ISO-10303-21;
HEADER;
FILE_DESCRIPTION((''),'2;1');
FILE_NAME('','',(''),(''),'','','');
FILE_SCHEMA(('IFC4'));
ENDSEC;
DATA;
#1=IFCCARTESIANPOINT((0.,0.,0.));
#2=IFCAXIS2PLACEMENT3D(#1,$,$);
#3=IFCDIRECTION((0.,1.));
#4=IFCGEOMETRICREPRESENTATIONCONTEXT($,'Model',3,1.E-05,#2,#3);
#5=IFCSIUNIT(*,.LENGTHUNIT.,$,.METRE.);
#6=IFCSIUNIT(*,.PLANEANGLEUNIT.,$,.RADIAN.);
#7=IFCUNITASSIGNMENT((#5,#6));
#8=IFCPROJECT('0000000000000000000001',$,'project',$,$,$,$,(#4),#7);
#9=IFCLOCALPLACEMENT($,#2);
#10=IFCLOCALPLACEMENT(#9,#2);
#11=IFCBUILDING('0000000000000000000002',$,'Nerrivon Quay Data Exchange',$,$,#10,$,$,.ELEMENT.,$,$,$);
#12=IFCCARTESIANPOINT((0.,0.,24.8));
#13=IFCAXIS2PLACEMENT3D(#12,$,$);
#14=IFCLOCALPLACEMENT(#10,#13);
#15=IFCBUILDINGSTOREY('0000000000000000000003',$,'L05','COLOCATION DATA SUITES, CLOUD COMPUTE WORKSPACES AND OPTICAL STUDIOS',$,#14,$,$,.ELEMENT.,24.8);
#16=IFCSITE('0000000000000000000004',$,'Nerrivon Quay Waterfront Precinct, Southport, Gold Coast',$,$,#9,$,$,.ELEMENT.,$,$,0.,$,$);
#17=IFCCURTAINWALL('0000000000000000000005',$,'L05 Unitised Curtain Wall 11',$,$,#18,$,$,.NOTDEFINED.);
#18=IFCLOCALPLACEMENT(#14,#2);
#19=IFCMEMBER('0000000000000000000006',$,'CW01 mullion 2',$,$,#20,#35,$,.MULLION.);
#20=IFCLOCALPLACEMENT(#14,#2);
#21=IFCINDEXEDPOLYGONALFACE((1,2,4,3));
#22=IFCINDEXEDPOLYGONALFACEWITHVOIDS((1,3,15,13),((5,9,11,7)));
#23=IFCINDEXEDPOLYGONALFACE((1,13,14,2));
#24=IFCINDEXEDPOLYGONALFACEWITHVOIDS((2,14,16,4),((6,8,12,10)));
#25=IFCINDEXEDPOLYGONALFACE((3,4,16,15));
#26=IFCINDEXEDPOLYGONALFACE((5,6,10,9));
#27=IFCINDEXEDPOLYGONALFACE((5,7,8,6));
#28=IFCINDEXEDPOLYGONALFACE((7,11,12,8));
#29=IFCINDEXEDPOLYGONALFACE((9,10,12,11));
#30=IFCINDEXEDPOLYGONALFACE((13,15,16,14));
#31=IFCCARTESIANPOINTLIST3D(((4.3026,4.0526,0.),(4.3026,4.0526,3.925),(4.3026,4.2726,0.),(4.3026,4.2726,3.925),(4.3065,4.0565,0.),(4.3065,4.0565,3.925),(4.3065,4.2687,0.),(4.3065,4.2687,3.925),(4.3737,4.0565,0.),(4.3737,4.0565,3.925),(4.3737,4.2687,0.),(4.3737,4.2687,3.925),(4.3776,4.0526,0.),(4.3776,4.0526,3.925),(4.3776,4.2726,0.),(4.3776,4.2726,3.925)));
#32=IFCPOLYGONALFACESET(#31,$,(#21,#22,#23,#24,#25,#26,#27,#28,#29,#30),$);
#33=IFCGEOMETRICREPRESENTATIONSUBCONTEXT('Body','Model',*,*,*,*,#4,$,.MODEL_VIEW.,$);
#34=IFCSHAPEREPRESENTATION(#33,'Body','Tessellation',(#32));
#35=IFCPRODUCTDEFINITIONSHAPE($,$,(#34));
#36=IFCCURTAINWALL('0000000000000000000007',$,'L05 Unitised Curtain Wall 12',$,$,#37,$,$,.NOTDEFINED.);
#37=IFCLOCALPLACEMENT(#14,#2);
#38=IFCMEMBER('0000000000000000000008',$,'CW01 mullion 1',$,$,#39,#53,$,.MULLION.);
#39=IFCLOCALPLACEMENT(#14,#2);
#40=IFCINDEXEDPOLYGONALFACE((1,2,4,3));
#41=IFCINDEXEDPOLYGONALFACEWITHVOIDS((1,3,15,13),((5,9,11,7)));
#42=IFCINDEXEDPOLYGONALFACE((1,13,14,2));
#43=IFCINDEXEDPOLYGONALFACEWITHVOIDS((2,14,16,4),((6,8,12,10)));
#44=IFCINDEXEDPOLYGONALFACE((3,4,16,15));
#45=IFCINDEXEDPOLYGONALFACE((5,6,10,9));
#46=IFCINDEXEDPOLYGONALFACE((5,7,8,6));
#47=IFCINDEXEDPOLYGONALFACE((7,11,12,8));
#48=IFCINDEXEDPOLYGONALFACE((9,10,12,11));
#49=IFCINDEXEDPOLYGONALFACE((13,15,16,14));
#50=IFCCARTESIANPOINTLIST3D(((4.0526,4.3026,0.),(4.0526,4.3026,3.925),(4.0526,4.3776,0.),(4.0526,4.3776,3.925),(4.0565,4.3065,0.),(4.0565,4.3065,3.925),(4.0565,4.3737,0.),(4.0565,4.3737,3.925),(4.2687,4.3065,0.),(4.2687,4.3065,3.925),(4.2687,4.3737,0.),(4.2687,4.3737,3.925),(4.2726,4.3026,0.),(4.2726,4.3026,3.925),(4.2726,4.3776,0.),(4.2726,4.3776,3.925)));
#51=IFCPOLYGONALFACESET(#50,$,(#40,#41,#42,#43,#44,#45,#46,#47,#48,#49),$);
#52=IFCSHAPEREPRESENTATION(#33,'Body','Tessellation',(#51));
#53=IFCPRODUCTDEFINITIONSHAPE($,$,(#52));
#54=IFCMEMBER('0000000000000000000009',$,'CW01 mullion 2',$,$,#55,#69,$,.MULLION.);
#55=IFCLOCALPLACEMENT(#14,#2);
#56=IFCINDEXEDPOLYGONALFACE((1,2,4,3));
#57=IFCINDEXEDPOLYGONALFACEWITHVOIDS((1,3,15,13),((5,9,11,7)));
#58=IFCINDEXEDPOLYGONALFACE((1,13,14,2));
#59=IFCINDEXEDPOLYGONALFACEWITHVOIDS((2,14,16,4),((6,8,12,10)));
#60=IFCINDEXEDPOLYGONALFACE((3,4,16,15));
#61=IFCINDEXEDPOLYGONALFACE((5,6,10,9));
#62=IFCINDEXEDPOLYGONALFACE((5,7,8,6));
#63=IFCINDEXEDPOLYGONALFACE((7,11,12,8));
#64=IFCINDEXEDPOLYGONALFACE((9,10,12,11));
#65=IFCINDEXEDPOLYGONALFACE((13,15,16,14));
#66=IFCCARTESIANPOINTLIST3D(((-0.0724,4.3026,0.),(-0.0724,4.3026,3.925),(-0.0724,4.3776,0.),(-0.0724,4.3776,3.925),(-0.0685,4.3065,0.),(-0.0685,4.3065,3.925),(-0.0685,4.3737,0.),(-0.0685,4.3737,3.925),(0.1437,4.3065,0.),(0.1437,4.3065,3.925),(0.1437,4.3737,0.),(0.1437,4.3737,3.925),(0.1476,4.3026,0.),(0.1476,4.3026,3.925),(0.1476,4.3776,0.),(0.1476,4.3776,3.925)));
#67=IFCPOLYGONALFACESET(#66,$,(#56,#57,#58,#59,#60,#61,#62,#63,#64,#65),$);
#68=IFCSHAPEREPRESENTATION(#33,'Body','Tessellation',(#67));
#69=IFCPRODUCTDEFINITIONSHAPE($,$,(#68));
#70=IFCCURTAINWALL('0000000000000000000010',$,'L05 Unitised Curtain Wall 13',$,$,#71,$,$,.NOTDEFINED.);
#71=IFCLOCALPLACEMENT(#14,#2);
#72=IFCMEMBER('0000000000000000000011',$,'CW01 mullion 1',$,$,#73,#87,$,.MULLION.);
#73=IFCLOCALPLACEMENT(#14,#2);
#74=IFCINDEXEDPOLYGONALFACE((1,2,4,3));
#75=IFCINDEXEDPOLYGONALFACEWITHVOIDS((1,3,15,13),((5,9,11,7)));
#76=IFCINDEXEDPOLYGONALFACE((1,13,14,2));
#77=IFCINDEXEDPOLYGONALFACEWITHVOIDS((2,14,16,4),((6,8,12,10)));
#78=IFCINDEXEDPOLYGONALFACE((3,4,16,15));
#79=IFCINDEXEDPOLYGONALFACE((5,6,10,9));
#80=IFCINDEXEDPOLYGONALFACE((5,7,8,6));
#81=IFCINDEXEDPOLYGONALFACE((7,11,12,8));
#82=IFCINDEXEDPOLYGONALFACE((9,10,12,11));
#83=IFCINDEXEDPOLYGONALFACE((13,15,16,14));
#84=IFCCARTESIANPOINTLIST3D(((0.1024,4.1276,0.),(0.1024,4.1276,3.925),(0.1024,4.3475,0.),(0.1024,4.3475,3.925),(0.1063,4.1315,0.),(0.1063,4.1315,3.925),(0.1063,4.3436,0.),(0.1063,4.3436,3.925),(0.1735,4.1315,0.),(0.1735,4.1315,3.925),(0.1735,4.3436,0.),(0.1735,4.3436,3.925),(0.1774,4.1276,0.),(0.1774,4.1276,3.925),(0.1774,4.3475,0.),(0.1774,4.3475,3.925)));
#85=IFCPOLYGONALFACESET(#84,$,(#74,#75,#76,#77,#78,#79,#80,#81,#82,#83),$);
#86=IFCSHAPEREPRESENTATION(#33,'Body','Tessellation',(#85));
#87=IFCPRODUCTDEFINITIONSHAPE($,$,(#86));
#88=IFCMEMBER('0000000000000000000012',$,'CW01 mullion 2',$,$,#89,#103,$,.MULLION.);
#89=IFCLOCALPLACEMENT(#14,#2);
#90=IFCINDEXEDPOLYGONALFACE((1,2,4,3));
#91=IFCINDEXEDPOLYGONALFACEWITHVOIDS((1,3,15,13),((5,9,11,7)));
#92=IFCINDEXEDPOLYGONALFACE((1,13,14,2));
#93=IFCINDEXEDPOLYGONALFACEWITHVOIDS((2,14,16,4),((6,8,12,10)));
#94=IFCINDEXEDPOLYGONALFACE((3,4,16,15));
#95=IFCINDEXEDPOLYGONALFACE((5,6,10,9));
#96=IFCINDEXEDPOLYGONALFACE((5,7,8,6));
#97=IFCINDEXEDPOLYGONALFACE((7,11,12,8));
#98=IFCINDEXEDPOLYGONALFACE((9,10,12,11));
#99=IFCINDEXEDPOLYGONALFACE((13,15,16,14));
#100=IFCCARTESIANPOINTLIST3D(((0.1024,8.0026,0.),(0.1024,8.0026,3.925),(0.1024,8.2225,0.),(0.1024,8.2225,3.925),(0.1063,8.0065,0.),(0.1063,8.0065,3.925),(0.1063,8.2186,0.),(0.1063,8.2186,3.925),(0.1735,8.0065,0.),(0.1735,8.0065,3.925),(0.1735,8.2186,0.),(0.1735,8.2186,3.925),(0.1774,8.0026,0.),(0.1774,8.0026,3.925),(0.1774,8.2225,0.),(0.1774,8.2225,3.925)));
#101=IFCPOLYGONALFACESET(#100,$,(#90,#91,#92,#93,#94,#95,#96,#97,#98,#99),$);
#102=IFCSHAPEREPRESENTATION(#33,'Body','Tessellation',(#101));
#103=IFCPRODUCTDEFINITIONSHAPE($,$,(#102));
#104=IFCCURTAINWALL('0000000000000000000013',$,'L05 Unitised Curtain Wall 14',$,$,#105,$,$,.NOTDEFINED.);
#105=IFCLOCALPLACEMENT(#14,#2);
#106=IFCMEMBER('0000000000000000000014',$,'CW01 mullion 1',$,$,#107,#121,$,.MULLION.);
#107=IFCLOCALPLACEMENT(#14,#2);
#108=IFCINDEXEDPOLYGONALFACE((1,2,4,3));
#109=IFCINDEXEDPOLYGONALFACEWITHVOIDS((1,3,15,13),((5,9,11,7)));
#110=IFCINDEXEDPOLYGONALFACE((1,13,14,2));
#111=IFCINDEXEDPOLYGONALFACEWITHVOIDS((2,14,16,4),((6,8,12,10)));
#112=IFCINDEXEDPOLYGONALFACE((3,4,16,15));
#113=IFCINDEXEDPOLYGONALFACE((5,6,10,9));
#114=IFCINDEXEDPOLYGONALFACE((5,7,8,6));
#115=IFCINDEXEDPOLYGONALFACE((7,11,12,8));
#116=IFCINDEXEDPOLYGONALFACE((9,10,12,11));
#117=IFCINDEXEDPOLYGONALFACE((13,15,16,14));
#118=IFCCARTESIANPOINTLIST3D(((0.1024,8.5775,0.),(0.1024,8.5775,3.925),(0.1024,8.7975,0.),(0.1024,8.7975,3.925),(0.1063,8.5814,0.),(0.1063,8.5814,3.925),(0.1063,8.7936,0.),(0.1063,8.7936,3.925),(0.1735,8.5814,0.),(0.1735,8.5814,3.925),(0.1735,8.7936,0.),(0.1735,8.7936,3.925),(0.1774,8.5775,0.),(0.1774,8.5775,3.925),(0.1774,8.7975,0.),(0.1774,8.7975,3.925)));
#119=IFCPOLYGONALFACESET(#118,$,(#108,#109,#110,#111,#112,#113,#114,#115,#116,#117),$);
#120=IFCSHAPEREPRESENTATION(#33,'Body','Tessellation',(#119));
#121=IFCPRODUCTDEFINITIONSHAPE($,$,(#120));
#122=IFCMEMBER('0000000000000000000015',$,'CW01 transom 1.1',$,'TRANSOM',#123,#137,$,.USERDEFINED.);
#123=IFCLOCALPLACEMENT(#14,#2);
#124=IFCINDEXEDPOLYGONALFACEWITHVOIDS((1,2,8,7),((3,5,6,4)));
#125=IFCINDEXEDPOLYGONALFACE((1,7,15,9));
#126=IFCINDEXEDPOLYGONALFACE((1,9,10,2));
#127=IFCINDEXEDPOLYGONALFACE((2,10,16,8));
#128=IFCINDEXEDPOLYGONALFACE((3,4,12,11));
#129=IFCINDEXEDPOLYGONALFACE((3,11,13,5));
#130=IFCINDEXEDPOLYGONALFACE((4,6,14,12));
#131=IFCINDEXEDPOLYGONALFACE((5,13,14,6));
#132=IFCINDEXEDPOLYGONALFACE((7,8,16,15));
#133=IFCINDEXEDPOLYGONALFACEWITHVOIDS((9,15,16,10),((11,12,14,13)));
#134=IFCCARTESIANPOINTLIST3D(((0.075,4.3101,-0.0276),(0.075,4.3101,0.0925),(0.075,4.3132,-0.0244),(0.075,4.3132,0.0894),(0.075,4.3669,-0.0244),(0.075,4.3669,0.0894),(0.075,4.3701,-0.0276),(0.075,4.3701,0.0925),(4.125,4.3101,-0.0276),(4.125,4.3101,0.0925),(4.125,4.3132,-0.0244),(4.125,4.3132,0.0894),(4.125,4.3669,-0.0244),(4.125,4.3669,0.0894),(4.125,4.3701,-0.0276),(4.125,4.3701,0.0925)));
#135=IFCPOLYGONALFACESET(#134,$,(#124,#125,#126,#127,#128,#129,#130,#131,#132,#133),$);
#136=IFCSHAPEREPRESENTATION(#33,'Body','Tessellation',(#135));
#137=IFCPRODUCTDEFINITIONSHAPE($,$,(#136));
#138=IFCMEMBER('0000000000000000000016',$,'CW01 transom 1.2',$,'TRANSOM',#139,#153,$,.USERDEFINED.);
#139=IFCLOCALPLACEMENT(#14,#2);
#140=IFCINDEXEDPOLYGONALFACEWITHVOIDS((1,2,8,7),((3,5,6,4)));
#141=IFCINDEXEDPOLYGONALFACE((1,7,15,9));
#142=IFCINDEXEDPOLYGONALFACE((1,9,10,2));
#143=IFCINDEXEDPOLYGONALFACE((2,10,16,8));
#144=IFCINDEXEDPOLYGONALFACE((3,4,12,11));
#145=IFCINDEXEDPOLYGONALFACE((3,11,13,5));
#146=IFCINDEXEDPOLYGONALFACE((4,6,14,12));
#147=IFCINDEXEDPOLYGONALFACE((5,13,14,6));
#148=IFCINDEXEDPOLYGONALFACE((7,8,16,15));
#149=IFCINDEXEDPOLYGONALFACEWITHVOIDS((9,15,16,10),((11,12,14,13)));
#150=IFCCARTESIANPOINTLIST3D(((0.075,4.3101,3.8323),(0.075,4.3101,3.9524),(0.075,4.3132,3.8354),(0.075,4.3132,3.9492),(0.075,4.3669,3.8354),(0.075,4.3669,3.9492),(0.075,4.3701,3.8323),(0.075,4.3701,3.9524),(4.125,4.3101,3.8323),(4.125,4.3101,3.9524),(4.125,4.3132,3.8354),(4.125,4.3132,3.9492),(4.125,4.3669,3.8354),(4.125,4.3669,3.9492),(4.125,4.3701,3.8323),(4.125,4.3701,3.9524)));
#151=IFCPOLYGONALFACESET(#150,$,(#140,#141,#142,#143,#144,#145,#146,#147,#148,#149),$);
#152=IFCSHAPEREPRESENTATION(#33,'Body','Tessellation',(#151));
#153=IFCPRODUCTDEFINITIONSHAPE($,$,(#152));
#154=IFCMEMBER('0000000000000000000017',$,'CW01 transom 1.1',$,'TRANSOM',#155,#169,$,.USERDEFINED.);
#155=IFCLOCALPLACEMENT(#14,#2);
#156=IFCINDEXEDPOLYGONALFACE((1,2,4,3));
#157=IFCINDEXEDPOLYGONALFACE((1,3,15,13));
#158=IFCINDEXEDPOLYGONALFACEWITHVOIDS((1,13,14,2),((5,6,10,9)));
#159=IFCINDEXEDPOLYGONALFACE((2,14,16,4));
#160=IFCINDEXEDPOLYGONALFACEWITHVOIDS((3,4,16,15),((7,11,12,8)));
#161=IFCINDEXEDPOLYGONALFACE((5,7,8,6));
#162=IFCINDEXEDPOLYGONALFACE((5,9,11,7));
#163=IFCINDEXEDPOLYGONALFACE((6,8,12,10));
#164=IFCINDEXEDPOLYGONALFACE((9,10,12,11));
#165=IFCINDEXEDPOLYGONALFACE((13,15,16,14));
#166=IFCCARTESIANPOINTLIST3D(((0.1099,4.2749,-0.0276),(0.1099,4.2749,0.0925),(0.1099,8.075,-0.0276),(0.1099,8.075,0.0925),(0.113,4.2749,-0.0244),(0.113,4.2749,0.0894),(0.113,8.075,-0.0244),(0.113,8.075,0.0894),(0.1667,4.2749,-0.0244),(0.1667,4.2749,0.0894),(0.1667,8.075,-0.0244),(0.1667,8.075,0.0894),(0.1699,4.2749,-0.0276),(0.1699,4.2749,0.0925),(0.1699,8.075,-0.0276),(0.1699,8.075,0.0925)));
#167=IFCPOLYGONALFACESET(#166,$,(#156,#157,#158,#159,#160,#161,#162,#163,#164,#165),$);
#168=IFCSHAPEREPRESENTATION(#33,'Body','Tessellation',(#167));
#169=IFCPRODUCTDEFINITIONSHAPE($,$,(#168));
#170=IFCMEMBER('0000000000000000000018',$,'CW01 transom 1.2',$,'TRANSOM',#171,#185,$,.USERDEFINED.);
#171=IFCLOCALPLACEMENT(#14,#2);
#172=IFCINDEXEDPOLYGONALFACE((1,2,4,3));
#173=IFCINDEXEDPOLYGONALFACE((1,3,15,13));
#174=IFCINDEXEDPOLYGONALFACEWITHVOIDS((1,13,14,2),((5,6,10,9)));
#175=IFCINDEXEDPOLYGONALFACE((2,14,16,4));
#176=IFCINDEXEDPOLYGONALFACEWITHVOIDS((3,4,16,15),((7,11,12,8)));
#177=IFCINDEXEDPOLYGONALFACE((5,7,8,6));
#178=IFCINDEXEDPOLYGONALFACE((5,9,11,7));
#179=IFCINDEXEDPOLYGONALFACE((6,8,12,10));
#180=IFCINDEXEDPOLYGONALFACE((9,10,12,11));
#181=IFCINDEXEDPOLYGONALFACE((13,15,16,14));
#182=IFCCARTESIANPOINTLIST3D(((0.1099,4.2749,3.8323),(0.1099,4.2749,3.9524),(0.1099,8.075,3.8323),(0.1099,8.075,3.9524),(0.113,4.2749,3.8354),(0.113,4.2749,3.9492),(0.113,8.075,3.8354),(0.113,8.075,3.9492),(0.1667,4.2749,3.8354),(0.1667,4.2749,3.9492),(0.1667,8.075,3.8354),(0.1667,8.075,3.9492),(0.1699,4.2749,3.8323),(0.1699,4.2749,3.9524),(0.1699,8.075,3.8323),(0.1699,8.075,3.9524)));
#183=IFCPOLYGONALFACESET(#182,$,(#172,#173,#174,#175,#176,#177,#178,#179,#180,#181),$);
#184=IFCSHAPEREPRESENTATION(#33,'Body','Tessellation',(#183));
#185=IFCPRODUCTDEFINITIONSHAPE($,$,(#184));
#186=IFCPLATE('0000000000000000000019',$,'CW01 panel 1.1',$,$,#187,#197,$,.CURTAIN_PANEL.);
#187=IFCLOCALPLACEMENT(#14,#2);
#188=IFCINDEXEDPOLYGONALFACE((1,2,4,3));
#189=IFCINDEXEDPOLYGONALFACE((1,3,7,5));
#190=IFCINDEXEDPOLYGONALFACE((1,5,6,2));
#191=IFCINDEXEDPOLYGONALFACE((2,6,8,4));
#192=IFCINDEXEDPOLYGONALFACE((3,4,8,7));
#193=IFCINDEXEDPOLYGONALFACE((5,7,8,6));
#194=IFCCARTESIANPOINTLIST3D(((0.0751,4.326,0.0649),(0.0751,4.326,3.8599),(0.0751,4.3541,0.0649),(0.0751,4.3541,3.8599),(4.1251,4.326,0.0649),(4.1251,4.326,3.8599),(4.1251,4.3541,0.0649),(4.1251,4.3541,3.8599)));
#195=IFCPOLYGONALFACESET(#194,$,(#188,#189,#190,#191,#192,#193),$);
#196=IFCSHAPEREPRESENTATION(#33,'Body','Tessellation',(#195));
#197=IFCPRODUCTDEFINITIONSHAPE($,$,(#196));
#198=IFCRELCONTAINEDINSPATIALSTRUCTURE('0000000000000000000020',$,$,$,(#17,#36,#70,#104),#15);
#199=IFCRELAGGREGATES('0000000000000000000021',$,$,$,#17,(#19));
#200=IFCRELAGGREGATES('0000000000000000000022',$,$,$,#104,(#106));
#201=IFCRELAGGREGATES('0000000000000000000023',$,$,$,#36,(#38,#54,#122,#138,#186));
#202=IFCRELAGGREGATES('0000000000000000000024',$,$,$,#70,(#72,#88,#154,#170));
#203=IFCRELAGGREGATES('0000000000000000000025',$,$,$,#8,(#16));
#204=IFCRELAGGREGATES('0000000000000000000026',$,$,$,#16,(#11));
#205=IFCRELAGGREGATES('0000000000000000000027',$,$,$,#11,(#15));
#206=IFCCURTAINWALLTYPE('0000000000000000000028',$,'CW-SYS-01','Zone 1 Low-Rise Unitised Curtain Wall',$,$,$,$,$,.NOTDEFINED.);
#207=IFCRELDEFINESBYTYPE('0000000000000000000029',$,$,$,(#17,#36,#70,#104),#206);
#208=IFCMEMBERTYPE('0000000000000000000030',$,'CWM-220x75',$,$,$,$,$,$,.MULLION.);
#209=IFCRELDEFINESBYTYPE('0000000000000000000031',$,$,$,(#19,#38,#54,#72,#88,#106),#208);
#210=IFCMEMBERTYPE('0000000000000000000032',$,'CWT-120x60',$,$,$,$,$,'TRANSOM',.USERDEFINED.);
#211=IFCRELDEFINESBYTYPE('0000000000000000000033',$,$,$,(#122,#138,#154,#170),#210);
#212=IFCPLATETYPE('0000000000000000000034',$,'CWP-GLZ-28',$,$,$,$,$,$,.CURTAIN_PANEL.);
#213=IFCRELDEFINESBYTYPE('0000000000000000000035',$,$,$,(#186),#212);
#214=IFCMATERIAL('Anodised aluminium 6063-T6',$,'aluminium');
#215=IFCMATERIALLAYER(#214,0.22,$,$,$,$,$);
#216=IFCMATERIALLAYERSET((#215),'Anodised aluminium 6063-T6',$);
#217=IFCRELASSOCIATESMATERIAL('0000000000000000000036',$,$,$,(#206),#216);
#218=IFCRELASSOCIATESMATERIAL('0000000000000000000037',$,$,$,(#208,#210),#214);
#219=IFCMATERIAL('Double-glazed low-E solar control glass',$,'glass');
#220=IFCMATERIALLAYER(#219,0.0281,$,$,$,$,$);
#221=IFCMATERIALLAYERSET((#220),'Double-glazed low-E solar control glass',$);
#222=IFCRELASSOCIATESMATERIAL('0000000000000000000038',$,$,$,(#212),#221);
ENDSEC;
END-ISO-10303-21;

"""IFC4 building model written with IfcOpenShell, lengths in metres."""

from ifc_helpers import new_model, si_unit, direction, frame, origin, origin_2d, place, context, subcontext, project, spatial, rectangle, hollow_rectangle, extrude, material, layer, layer_set, material_profile, profile_set, type_object, element, aggregate, save


model = new_model("IFC4")

# Units and contexts
model_context = context("Model", 3, precision=1e-05, world=origin(), true_north=direction((0.0, 1.0)))
body_context = subcontext(model_context, "Body", "Model", "MODEL_VIEW")
ifc_project = project(units=[si_unit("LENGTHUNIT", "METRE"), si_unit("PLANEANGLEUNIT", "RADIAN")], contexts=[model_context])

# Site, building, storey
site_placement = place(None, origin())
site = spatial("IfcSite", under=ifc_project, at=site_placement, Name="Nerrivon Quay Waterfront Precinct, Southport, Gold Coast", CompositionType="ELEMENT", RefElevation=0.0)
building_placement = place(site_placement, origin())
building = spatial("IfcBuilding", under=site, at=building_placement, Name="Nerrivon Quay Data Exchange", CompositionType="ELEMENT")
storey_placement = place(building_placement, frame((0.0, 0.0, 24.8)))
storey = spatial("IfcBuildingStorey", under=building, at=storey_placement, Name="L05", Description="COLOCATION DATA SUITES, CLOUD COMPUTE WORKSPACES AND OPTICAL STUDIOS", CompositionType="ELEMENT", Elevation=24.8)

# Curtain wall, member
ifc_material_1 = material(Name="Anodised aluminium 6063-T6", Category="aluminium")
ifc_layer_1 = layer(ifc_material_1, 0.22)
ifc_layer_set_1 = layer_set([ifc_layer_1], Name="Anodised aluminium 6063-T6")
curtain_wall_type = type_object("IfcCurtainWallType", Name="CW-SYS-01", Description="Zone 1 Low-Rise Unitised Curtain Wall", PredefinedType="NOTDEFINED", material=ifc_layer_set_1)
curtain_wall_1_placement = place(storey_placement, origin())
curtain_wall_1 = element("IfcCurtainWall", 1, at=curtain_wall_1_placement, inside=storey, type_object=curtain_wall_type, Name="L05 Unitised Curtain Wall 11", PredefinedType="NOTDEFINED")
ifc_material_profile_1 = material_profile(ifc_material_1, hollow_rectangle(XDim=0.075, YDim=0.22, WallThickness=0.0039, at=origin_2d()), Name="ALU-MULL-220x75")
ifc_profile_set_1 = profile_set([ifc_material_profile_1], Name="Anodised aluminium 6063-T6")
member_type_1 = type_object("IfcMemberType", Name="CWM-220x75", PredefinedType="MULLION", material=ifc_profile_set_1)
member_1_placement = place(storey_placement, frame((4.3401, 4.1626, 0.0), z_axis=(0.0, 0.0, 1.0), x_axis=(-1.0, 0.0, 0.0)))
member_1 = element("IfcMember", 2, at=member_1_placement, type_object=member_type_1, Name="CW01 mullion 2", PredefinedType="MULLION", context=body_context, shape_type="SweptSolid", body=[
    extrude(hollow_rectangle(XDim=0.075, YDim=0.22, WallThickness=0.0039, at=origin_2d()), origin(), (0.0, 0.0, 1.0), 3.925),
])
aggregate(curtain_wall_1, [member_1])

# Curtain walls, members
curtain_wall_2_placement = place(storey_placement, origin())
curtain_wall_2 = element("IfcCurtainWall", 3, at=curtain_wall_2_placement, inside=storey, type_object=curtain_wall_type, Name="L05 Unitised Curtain Wall 12", PredefinedType="NOTDEFINED")
member_2_placement = place(storey_placement, frame((4.1626, 4.3401, 0.0), z_axis=(0.0, 0.0, 1.0), x_axis=(0.0, -1.0, 0.0)))
member_2 = element("IfcMember", 4, at=member_2_placement, type_object=member_type_1, Name="CW01 mullion 1", PredefinedType="MULLION", context=body_context, shape_type="SweptSolid", body=[
    extrude(hollow_rectangle(XDim=0.075, YDim=0.22, WallThickness=0.0039, at=origin_2d()), origin(), (0.0, 0.0, 1.0), 3.925),
])
member_3_placement = place(storey_placement, frame((0.0376, 4.3401, 0.0), z_axis=(0.0, 0.0, 1.0), x_axis=(0.0, -1.0, 0.0)))
member_3 = element("IfcMember", 5, at=member_3_placement, type_object=member_type_1, Name="CW01 mullion 2", PredefinedType="MULLION", context=body_context, shape_type="SweptSolid", body=[
    extrude(hollow_rectangle(XDim=0.075, YDim=0.22, WallThickness=0.0039, at=origin_2d()), origin(), (0.0, 0.0, 1.0), 3.925),
])
curtain_wall_3_placement = place(storey_placement, origin())
curtain_wall_3 = element("IfcCurtainWall", 6, at=curtain_wall_3_placement, inside=storey, type_object=curtain_wall_type, Name="L05 Unitised Curtain Wall 13", PredefinedType="NOTDEFINED")
member_4_placement = place(storey_placement, frame((0.1399, 4.2375, 0.0), z_axis=(0.0, 0.0, 1.0), x_axis=(-1.0, 0.0, 0.0)))
member_4 = element("IfcMember", 7, at=member_4_placement, type_object=member_type_1, Name="CW01 mullion 1", PredefinedType="MULLION", context=body_context, shape_type="SweptSolid", body=[
    extrude(hollow_rectangle(XDim=0.075, YDim=0.22, WallThickness=0.0039, at=origin_2d()), origin(), (0.0, 0.0, 1.0), 3.925),
])
member_5_placement = place(storey_placement, frame((0.1399, 8.1125, 0.0), z_axis=(0.0, 0.0, 1.0), x_axis=(-1.0, 0.0, 0.0)))
member_5 = element("IfcMember", 8, at=member_5_placement, type_object=member_type_1, Name="CW01 mullion 2", PredefinedType="MULLION", context=body_context, shape_type="SweptSolid", body=[
    extrude(hollow_rectangle(XDim=0.075, YDim=0.22, WallThickness=0.0039, at=origin_2d()), origin(), (0.0, 0.0, 1.0), 3.925),
])

# Curtain wall, member
curtain_wall_4_placement = place(storey_placement, origin())
curtain_wall_4 = element("IfcCurtainWall", 9, at=curtain_wall_4_placement, inside=storey, type_object=curtain_wall_type, Name="L05 Unitised Curtain Wall 14", PredefinedType="NOTDEFINED")
member_6_placement = place(storey_placement, frame((0.1399, 8.6875, 0.0), z_axis=(0.0, 0.0, 1.0), x_axis=(-1.0, 0.0, 0.0)))
member_6 = element("IfcMember", 10, at=member_6_placement, type_object=member_type_1, Name="CW01 mullion 1", PredefinedType="MULLION", context=body_context, shape_type="SweptSolid", body=[
    extrude(hollow_rectangle(XDim=0.075, YDim=0.22, WallThickness=0.0039, at=origin_2d()), origin(), (0.0, 0.0, 1.0), 3.925),
])
aggregate(curtain_wall_4, [member_6])

# Members
ifc_material_profile_2 = material_profile(ifc_material_1, hollow_rectangle(XDim=0.0601, YDim=0.1201, WallThickness=0.0032, at=origin_2d()), Name="ALU-TRAN-120x60")
ifc_profile_set_2 = profile_set([ifc_material_profile_2], Name="Anodised aluminium 6063-T6")
member_type_2 = type_object("IfcMemberType", Name="CWT-120x60", ElementType="TRANSOM", PredefinedType="USERDEFINED", material=ifc_profile_set_2)
member_7_placement = place(storey_placement, frame((4.125, 4.3401, 0.0325), z_axis=(-1.0, 0.0, 0.0), x_axis=(0.0, -1.0, 0.0)))
member_7 = element("IfcMember", 11, at=member_7_placement, type_object=member_type_2, Name="CW01 transom 1.1", ObjectType="TRANSOM", PredefinedType="USERDEFINED", context=body_context, shape_type="SweptSolid", body=[
    extrude(hollow_rectangle(XDim=0.0601, YDim=0.1201, WallThickness=0.0032, at=origin_2d()), origin(), (0.0, 0.0, 1.0), 4.05),
])
member_8_placement = place(storey_placement, frame((4.125, 4.3401, 3.8923), z_axis=(-1.0, 0.0, 0.0), x_axis=(0.0, -1.0, 0.0)))
member_8 = element("IfcMember", 12, at=member_8_placement, type_object=member_type_2, Name="CW01 transom 1.2", ObjectType="TRANSOM", PredefinedType="USERDEFINED", context=body_context, shape_type="SweptSolid", body=[
    extrude(hollow_rectangle(XDim=0.0601, YDim=0.1201, WallThickness=0.0032, at=origin_2d()), origin(), (0.0, 0.0, 1.0), 4.05),
])
member_9_placement = place(storey_placement, frame((0.1399, 4.2749, 0.0325), z_axis=(0.0, 1.0, 0.0), x_axis=(-1.0, 0.0, 0.0)))
member_9 = element("IfcMember", 13, at=member_9_placement, type_object=member_type_2, Name="CW01 transom 1.1", ObjectType="TRANSOM", PredefinedType="USERDEFINED", context=body_context, shape_type="SweptSolid", body=[
    extrude(hollow_rectangle(XDim=0.0601, YDim=0.1201, WallThickness=0.0032, at=origin_2d()), origin(), (0.0, 0.0, 1.0), 3.8),
])
member_10_placement = place(storey_placement, frame((0.1399, 4.2749, 3.8923), z_axis=(0.0, 1.0, 0.0), x_axis=(-1.0, 0.0, 0.0)))
member_10 = element("IfcMember", 14, at=member_10_placement, type_object=member_type_2, Name="CW01 transom 1.2", ObjectType="TRANSOM", PredefinedType="USERDEFINED", context=body_context, shape_type="SweptSolid", body=[
    extrude(hollow_rectangle(XDim=0.0601, YDim=0.1201, WallThickness=0.0032, at=origin_2d()), origin(), (0.0, 0.0, 1.0), 3.8),
])

# Plate
ifc_material_2 = material(Name="Double-glazed low-E solar control glass", Category="glass")
ifc_layer_2 = layer(ifc_material_2, 0.0281)
ifc_layer_set_2 = layer_set([ifc_layer_2], Name="Double-glazed low-E solar control glass")
plate_type = type_object("IfcPlateType", Name="CWP-GLZ-28", PredefinedType="CURTAIN_PANEL", material=ifc_layer_set_2)
plate_1_placement = place(storey_placement, frame((2.1001, 4.3401, 0.0649), z_axis=(0.0, 0.0, 1.0), x_axis=(-1.0, 0.0, 0.0)))
plate_1 = element("IfcPlate", 15, at=plate_1_placement, type_object=plate_type, Name="CW01 panel 1.1", PredefinedType="CURTAIN_PANEL", context=body_context, shape_type="SweptSolid", body=[
    extrude(rectangle(XDim=4.05, YDim=0.0281, at=origin_2d()), origin(), (0.0, 0.0, 1.0), 3.7949),
])
aggregate(curtain_wall_2, [member_2, member_3, member_7, member_8, plate_1])
aggregate(curtain_wall_3, [member_4, member_5, member_9, member_10])

save(model, "model.ifc")
